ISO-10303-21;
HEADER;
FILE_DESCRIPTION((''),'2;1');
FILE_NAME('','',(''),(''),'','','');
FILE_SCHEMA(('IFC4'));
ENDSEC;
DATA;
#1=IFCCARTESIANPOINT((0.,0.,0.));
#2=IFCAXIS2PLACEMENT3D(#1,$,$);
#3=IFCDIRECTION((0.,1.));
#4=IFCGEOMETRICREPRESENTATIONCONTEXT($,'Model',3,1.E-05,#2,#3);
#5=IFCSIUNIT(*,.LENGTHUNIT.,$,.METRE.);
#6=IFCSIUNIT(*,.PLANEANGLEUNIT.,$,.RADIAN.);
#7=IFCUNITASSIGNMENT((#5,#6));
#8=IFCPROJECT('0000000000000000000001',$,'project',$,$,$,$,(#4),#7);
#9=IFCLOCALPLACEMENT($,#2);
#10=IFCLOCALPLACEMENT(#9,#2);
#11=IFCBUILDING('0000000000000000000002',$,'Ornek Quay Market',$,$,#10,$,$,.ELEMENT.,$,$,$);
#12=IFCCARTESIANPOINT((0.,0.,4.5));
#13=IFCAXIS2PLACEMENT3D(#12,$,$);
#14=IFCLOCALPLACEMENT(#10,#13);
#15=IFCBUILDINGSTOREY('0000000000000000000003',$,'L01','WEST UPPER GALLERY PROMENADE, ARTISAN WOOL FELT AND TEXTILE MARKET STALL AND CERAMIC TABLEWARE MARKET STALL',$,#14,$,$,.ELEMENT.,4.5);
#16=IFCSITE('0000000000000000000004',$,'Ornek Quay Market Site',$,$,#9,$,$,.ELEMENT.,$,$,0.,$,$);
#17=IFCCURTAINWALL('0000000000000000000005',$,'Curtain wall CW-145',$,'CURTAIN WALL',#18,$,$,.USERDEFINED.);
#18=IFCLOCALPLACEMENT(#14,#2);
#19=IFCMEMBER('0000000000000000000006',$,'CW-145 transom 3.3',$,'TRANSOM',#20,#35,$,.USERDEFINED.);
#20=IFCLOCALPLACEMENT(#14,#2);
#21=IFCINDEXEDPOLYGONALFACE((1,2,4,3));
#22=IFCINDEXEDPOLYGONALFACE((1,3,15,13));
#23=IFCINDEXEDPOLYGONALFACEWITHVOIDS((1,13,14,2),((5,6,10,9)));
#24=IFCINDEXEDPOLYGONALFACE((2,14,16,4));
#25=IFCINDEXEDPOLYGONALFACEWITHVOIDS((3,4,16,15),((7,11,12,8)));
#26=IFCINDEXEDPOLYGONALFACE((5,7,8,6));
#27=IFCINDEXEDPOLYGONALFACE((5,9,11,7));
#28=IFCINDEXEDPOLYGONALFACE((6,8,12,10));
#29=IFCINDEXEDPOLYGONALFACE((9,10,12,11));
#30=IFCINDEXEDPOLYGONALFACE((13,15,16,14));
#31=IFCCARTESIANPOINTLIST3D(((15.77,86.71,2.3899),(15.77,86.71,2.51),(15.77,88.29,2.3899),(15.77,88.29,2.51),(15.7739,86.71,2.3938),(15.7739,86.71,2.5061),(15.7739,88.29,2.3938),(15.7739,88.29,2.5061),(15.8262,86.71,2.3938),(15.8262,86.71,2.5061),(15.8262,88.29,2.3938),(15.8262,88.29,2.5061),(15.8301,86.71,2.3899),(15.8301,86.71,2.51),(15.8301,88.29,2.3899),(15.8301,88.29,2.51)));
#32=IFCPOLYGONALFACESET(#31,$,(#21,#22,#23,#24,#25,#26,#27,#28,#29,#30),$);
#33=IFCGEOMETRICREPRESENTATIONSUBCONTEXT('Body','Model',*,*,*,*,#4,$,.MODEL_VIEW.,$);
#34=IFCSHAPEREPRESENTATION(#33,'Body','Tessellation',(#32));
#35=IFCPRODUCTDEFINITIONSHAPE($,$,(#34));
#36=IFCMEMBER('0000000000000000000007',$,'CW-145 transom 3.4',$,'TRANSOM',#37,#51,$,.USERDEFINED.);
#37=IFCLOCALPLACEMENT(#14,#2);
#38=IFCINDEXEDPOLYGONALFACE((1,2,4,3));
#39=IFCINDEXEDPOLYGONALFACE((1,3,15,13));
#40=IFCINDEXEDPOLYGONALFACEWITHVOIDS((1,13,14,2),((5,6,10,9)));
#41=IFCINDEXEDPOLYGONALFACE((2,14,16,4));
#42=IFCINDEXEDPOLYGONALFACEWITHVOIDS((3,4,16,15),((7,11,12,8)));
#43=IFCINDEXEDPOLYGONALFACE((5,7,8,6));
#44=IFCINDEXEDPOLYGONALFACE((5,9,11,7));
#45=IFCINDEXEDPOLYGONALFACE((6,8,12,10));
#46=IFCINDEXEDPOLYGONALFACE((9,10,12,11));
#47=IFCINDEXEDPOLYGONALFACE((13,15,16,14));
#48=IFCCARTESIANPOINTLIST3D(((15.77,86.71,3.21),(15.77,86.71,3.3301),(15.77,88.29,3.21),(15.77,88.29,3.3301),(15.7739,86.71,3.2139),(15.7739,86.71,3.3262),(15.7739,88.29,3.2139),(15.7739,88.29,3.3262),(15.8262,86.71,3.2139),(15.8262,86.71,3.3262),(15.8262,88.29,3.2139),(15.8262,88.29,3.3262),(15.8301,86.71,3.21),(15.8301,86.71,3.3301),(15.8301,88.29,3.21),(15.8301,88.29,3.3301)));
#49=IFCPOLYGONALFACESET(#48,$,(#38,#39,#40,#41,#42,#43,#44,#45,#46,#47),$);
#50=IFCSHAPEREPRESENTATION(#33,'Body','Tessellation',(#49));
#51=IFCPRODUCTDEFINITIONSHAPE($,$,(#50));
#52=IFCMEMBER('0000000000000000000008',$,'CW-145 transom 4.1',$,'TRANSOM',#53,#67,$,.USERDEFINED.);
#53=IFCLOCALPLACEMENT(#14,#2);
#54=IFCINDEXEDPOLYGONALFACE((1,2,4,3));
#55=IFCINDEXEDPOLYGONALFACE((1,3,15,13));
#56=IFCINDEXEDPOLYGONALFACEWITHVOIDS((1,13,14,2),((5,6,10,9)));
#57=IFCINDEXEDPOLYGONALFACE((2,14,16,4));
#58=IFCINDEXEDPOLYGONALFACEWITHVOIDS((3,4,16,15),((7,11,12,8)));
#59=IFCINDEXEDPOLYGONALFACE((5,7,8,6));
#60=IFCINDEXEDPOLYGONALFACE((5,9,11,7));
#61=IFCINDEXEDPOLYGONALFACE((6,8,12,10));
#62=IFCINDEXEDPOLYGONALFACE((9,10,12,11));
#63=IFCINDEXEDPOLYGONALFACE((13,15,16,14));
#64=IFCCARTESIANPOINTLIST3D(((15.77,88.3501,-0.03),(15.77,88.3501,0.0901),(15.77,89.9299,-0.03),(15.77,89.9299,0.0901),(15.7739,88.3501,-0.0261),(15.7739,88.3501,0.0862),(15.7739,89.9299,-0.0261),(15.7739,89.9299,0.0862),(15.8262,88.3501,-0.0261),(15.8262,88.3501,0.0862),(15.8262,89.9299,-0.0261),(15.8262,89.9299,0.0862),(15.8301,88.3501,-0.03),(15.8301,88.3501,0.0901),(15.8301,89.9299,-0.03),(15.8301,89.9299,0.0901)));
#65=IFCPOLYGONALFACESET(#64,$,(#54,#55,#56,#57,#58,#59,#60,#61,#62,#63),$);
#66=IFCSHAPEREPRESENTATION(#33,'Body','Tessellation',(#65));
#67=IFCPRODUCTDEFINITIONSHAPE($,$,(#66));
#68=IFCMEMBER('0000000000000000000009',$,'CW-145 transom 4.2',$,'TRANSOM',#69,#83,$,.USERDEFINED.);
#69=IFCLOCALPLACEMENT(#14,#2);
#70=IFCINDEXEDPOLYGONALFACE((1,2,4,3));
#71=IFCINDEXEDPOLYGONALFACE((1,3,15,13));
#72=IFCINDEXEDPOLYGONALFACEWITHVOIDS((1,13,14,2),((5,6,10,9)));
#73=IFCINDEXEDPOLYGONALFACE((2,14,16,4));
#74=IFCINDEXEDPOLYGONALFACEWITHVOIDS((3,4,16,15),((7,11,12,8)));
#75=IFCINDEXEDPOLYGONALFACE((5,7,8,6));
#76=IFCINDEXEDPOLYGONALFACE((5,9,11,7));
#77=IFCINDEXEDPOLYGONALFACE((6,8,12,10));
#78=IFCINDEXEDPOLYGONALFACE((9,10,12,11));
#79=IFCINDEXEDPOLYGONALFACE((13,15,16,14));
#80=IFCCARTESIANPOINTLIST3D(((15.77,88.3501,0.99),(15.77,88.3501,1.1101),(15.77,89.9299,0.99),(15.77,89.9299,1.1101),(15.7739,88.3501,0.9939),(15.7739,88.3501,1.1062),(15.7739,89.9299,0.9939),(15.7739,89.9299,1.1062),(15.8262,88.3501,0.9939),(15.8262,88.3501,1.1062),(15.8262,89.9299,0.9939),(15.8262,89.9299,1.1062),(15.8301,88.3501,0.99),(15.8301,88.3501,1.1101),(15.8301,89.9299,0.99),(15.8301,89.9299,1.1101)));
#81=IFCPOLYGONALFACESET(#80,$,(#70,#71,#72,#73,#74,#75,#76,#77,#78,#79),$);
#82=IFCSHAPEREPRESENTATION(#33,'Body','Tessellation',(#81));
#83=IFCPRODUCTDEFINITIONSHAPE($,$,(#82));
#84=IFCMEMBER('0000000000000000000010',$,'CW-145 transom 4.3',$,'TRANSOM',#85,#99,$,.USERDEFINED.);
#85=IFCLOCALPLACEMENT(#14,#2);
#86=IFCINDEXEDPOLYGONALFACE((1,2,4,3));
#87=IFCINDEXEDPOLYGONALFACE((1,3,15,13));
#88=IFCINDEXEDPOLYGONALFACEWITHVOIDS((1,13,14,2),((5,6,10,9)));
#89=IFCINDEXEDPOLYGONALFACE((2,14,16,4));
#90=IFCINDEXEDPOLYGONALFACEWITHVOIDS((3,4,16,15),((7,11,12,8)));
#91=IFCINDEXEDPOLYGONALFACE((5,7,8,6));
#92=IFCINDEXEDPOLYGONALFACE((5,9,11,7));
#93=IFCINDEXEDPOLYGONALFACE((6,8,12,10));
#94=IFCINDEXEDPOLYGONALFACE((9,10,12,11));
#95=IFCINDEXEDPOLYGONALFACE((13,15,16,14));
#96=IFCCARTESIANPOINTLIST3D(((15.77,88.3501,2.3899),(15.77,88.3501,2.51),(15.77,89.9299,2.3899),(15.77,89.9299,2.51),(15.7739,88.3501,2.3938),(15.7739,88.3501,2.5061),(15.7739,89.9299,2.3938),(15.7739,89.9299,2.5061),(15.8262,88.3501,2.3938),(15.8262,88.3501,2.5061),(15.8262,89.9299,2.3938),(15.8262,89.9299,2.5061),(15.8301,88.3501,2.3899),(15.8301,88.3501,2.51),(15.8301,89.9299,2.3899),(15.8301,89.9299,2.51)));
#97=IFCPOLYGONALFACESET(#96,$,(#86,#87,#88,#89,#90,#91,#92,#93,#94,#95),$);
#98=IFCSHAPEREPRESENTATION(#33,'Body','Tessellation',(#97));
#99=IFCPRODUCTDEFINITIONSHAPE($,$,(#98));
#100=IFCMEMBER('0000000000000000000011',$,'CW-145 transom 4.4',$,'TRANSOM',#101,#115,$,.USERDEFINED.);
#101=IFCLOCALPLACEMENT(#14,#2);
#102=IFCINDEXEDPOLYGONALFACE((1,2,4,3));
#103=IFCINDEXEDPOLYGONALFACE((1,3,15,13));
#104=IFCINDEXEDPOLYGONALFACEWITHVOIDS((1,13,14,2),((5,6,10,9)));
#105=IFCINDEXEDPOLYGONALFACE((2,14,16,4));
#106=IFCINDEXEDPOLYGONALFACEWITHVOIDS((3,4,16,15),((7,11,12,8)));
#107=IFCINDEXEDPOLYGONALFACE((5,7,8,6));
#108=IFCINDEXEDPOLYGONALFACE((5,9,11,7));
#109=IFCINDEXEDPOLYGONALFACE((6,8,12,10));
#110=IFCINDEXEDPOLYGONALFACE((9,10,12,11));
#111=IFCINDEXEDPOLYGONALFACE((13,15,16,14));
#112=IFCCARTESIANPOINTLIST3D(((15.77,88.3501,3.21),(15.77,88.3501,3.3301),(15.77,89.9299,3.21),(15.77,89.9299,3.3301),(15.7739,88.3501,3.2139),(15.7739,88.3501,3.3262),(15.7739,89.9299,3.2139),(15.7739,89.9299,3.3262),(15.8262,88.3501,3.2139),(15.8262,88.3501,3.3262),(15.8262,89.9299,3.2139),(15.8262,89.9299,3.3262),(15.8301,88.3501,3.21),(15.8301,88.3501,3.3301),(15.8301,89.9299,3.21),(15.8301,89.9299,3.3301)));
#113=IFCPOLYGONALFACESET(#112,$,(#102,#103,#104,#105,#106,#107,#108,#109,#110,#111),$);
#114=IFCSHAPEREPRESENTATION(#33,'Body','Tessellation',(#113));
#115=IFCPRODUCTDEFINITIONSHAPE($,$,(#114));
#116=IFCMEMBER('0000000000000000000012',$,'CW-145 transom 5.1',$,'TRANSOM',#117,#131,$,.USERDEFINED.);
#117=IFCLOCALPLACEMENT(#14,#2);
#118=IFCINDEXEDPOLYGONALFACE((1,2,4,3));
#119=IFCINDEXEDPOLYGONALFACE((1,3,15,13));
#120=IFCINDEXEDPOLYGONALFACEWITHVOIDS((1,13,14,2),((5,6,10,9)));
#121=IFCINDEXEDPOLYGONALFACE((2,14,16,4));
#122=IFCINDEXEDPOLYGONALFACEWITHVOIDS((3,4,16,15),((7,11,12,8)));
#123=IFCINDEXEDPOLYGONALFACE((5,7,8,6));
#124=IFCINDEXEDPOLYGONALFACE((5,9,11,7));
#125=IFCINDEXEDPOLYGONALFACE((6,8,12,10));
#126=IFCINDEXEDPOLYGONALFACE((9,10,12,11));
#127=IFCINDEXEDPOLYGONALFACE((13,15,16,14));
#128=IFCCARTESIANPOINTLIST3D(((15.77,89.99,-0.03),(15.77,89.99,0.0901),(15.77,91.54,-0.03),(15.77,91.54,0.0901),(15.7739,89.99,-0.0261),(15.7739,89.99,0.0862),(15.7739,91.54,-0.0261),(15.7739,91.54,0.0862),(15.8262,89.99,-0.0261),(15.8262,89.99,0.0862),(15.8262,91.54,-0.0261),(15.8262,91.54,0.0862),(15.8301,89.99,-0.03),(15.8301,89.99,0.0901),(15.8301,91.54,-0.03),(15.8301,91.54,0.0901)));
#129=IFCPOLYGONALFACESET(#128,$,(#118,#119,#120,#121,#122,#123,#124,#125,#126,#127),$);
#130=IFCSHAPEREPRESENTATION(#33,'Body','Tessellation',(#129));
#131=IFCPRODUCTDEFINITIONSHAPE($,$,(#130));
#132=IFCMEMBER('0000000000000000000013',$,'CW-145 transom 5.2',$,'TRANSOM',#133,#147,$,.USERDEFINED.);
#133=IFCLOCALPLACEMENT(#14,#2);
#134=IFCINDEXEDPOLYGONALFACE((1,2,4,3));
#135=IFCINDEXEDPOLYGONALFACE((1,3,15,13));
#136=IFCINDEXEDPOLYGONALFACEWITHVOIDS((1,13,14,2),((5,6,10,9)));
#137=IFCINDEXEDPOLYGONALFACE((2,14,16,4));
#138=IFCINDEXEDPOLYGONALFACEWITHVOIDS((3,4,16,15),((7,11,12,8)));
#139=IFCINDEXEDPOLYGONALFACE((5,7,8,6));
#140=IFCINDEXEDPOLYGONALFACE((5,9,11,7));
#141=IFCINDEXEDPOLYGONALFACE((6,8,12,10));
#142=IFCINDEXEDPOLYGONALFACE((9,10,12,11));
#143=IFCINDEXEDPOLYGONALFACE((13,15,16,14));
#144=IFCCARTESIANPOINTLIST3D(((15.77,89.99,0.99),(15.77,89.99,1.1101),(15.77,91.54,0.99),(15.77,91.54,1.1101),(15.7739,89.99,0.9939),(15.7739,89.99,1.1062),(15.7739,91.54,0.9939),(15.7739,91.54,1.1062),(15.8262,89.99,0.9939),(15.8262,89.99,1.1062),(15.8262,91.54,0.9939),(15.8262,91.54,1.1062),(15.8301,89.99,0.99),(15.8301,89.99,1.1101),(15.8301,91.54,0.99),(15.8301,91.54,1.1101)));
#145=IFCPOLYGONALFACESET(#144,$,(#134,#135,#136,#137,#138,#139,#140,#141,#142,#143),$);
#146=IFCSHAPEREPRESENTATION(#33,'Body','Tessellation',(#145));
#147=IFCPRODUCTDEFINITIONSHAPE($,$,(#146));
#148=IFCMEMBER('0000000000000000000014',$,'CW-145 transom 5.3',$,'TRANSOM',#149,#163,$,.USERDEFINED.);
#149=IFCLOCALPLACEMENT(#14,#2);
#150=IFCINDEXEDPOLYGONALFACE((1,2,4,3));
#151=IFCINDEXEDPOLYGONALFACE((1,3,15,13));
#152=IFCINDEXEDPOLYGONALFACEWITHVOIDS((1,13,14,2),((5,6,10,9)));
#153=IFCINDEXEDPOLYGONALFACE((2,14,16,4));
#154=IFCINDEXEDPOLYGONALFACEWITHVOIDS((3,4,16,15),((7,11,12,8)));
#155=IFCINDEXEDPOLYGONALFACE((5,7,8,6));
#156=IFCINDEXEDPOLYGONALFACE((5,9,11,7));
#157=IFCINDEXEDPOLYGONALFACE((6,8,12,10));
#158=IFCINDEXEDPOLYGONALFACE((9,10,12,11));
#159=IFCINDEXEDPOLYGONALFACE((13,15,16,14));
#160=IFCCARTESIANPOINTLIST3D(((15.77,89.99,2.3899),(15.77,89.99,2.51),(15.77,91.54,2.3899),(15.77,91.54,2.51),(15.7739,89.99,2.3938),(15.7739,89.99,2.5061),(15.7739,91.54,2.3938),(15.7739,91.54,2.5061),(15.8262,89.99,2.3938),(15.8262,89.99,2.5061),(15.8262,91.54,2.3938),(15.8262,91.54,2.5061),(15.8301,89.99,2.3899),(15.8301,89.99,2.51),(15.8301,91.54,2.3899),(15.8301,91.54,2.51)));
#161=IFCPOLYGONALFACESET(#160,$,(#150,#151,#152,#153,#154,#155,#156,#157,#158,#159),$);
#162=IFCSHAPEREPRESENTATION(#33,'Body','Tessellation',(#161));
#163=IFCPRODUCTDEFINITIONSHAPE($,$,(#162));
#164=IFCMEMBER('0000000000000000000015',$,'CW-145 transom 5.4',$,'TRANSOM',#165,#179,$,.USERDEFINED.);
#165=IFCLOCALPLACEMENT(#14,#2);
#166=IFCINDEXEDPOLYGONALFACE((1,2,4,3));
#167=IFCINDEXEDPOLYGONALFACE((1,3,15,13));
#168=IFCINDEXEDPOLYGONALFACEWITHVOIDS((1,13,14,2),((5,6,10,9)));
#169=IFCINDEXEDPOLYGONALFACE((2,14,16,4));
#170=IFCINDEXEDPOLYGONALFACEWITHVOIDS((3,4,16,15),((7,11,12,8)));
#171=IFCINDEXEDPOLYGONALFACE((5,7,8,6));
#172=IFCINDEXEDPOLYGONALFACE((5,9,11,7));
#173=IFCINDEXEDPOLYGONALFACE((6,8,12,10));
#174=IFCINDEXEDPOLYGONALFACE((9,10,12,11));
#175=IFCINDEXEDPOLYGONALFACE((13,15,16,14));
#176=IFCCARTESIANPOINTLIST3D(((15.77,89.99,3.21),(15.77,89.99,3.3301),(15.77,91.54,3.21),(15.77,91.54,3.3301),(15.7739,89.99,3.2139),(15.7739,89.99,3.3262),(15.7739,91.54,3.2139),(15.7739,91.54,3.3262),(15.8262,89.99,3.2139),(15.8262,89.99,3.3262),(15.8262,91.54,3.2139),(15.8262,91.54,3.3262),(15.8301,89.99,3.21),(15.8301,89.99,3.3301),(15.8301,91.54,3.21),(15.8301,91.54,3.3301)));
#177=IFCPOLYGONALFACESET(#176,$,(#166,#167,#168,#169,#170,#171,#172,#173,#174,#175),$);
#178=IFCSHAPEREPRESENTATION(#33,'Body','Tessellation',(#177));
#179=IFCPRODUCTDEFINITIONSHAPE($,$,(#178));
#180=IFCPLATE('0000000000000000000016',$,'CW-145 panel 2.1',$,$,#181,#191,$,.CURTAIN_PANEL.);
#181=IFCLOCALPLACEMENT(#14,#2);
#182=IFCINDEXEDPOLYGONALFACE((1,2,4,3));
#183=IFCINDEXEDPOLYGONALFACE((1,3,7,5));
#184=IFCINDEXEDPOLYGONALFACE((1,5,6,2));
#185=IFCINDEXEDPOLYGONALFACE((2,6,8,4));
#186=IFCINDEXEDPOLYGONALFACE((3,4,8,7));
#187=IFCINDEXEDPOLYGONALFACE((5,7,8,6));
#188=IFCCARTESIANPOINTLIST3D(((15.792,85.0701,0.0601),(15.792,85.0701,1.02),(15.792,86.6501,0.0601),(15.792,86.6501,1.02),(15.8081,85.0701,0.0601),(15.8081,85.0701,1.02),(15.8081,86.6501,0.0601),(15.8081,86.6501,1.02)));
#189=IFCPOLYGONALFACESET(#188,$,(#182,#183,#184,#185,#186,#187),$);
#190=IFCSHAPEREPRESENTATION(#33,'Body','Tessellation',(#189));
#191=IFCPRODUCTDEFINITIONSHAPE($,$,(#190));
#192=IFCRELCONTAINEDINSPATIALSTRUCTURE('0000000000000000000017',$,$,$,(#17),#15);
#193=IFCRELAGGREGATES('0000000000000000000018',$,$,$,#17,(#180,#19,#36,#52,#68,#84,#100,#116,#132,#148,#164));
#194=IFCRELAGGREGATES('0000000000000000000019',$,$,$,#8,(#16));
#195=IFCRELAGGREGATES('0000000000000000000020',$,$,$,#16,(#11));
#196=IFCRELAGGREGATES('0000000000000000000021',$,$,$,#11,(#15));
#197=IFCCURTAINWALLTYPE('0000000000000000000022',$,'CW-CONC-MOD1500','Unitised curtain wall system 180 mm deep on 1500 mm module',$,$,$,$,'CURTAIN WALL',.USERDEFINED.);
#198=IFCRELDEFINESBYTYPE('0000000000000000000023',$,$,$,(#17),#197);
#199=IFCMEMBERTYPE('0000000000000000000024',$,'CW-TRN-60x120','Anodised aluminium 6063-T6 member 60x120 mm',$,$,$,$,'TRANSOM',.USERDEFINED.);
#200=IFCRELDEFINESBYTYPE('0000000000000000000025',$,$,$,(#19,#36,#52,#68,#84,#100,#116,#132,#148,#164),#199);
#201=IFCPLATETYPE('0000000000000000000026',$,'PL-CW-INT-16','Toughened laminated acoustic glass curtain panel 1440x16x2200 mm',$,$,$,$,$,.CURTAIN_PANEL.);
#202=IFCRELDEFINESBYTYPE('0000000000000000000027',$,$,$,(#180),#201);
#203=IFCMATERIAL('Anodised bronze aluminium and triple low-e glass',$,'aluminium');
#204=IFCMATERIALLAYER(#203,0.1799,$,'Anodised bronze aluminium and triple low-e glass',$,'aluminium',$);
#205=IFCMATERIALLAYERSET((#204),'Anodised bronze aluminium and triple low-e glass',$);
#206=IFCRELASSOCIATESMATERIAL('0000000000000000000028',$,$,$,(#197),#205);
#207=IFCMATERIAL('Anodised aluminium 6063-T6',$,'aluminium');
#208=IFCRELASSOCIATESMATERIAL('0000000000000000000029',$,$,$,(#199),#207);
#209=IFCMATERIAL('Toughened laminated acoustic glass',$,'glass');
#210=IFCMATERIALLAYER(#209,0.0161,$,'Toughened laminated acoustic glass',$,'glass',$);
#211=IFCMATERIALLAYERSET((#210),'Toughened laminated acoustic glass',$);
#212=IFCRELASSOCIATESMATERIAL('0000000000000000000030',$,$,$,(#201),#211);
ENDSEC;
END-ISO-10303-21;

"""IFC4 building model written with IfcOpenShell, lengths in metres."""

from ifc_helpers import new_model, si_unit, direction, frame, origin, origin_2d, place, context, subcontext, project, spatial, rectangle, hollow_rectangle, extrude, material, layer, layer_set, material_profile, profile_set, type_object, element, aggregate, save


model = new_model("IFC4")

# Units and contexts
model_context = context("Model", 3, precision=1e-05, world=origin(), true_north=direction((0.0, 1.0)))
body_context = subcontext(model_context, "Body", "Model", "MODEL_VIEW")
ifc_project = project(units=[si_unit("LENGTHUNIT", "METRE"), si_unit("PLANEANGLEUNIT", "RADIAN")], contexts=[model_context])

# Site, building, storey
site_placement = place(None, origin())
site = spatial("IfcSite", under=ifc_project, at=site_placement, Name="Ornek Quay Market Site", CompositionType="ELEMENT", RefElevation=0.0)
building_placement = place(site_placement, origin())
building = spatial("IfcBuilding", under=site, at=building_placement, Name="Ornek Quay Market", CompositionType="ELEMENT")
storey_placement = place(building_placement, frame((0.0, 0.0, 4.5)))
storey = spatial("IfcBuildingStorey", under=building, at=storey_placement, Name="L01", Description="WEST UPPER GALLERY PROMENADE, ARTISAN WOOL FELT AND TEXTILE MARKET STALL AND CERAMIC TABLEWARE MARKET STALL", CompositionType="ELEMENT", Elevation=4.5)

# Curtain wall, members, plate
ifc_material_1 = material(Name="Anodised bronze aluminium and triple low-e glass", Category="aluminium")
ifc_layer_1 = layer(ifc_material_1, 0.1799, Name="Anodised bronze aluminium and triple low-e glass", Category="aluminium")
ifc_layer_set_1 = layer_set([ifc_layer_1], Name="Anodised bronze aluminium and triple low-e glass")
curtain_wall_type = type_object("IfcCurtainWallType", Name="CW-CONC-MOD1500", Description="Unitised curtain wall system 180 mm deep on 1500 mm module", ElementType="CURTAIN WALL", PredefinedType="USERDEFINED", material=ifc_layer_set_1)
curtain_wall_placement = place(storey_placement, origin())
curtain_wall = element("IfcCurtainWall", 1, at=curtain_wall_placement, inside=storey, type_object=curtain_wall_type, Name="Curtain wall CW-145", ObjectType="CURTAIN WALL", PredefinedType="USERDEFINED")
ifc_material_2 = material(Name="Anodised aluminium 6063-T6", Category="aluminium")
ifc_material_profile_1 = material_profile(ifc_material_2, hollow_rectangle(XDim=0.0601, YDim=0.1201, WallThickness=0.0039, at=origin_2d()), Name="CW-TRN-60x120", Category="aluminium")
ifc_profile_set_1 = profile_set([ifc_material_profile_1], Name="Anodised aluminium 6063-T6")
member_type_1 = type_object("IfcMemberType", Name="CW-TRN-60x120", Description="Anodised aluminium 6063-T6 member 60x120 mm", ElementType="TRANSOM", PredefinedType="USERDEFINED", material=ifc_profile_set_1)
member_1_placement = place(storey_placement, frame((15.8, 86.71, 2.45), z_axis=(0.0, 1.0, 0.0), x_axis=(-1.0, 0.0, 0.0)))
member_1 = element("IfcMember", 2, at=member_1_placement, type_object=member_type_1, Name="CW-145 transom 3.3", ObjectType="TRANSOM", PredefinedType="USERDEFINED", context=body_context, shape_type="SweptSolid", body=[
    extrude(hollow_rectangle(XDim=0.0601, YDim=0.1201, WallThickness=0.0039, at=origin_2d()), origin(), (0.0, 0.0, 1.0), 1.5801),
])
member_2_placement = place(storey_placement, frame((15.8, 86.71, 3.27), z_axis=(0.0, 1.0, 0.0), x_axis=(-1.0, 0.0, 0.0)))
member_2 = element("IfcMember", 3, at=member_2_placement, type_object=member_type_1, Name="CW-145 transom 3.4", ObjectType="TRANSOM", PredefinedType="USERDEFINED", context=body_context, shape_type="SweptSolid", body=[
    extrude(hollow_rectangle(XDim=0.0601, YDim=0.1201, WallThickness=0.0039, at=origin_2d()), origin(), (0.0, 0.0, 1.0), 1.5801),
])
member_3_placement = place(storey_placement, frame((15.8, 88.3501, 0.03), z_axis=(0.0, 1.0, 0.0), x_axis=(-1.0, 0.0, 0.0)))
member_3 = element("IfcMember", 4, at=member_3_placement, type_object=member_type_1, Name="CW-145 transom 4.1", ObjectType="TRANSOM", PredefinedType="USERDEFINED", context=body_context, shape_type="SweptSolid", body=[
    extrude(hollow_rectangle(XDim=0.0601, YDim=0.1201, WallThickness=0.0039, at=origin_2d()), origin(), (0.0, 0.0, 1.0), 1.5798),
])
member_4_placement = place(storey_placement, frame((15.8, 88.3501, 1.05), z_axis=(0.0, 1.0, 0.0), x_axis=(-1.0, 0.0, 0.0)))
member_4 = element("IfcMember", 5, at=member_4_placement, type_object=member_type_1, Name="CW-145 transom 4.2", ObjectType="TRANSOM", PredefinedType="USERDEFINED", context=body_context, shape_type="SweptSolid", body=[
    extrude(hollow_rectangle(XDim=0.0601, YDim=0.1201, WallThickness=0.0039, at=origin_2d()), origin(), (0.0, 0.0, 1.0), 1.5798),
])
member_5_placement = place(storey_placement, frame((15.8, 88.3501, 2.45), z_axis=(0.0, 1.0, 0.0), x_axis=(-1.0, 0.0, 0.0)))
member_5 = element("IfcMember", 6, at=member_5_placement, type_object=member_type_1, Name="CW-145 transom 4.3", ObjectType="TRANSOM", PredefinedType="USERDEFINED", context=body_context, shape_type="SweptSolid", body=[
    extrude(hollow_rectangle(XDim=0.0601, YDim=0.1201, WallThickness=0.0039, at=origin_2d()), origin(), (0.0, 0.0, 1.0), 1.5798),
])
member_6_placement = place(storey_placement, frame((15.8, 88.3501, 3.27), z_axis=(0.0, 1.0, 0.0), x_axis=(-1.0, 0.0, 0.0)))
member_6 = element("IfcMember", 7, at=member_6_placement, type_object=member_type_1, Name="CW-145 transom 4.4", ObjectType="TRANSOM", PredefinedType="USERDEFINED", context=body_context, shape_type="SweptSolid", body=[
    extrude(hollow_rectangle(XDim=0.0601, YDim=0.1201, WallThickness=0.0039, at=origin_2d()), origin(), (0.0, 0.0, 1.0), 1.5798),
])
member_7_placement = place(storey_placement, frame((15.8, 89.99, 0.03), z_axis=(0.0, 1.0, 0.0), x_axis=(-1.0, 0.0, 0.0)))
member_7 = element("IfcMember", 8, at=member_7_placement, type_object=member_type_1, Name="CW-145 transom 5.1", ObjectType="TRANSOM", PredefinedType="USERDEFINED", context=body_context, shape_type="SweptSolid", body=[
    extrude(hollow_rectangle(XDim=0.0601, YDim=0.1201, WallThickness=0.0039, at=origin_2d()), origin(), (0.0, 0.0, 1.0), 1.55),
])
member_8_placement = place(storey_placement, frame((15.8, 89.99, 1.05), z_axis=(0.0, 1.0, 0.0), x_axis=(-1.0, 0.0, 0.0)))
member_8 = element("IfcMember", 9, at=member_8_placement, type_object=member_type_1, Name="CW-145 transom 5.2", ObjectType="TRANSOM", PredefinedType="USERDEFINED", context=body_context, shape_type="SweptSolid", body=[
    extrude(hollow_rectangle(XDim=0.0601, YDim=0.1201, WallThickness=0.0039, at=origin_2d()), origin(), (0.0, 0.0, 1.0), 1.55),
])
member_9_placement = place(storey_placement, frame((15.8, 89.99, 2.45), z_axis=(0.0, 1.0, 0.0), x_axis=(-1.0, 0.0, 0.0)))
member_9 = element("IfcMember", 10, at=member_9_placement, type_object=member_type_1, Name="CW-145 transom 5.3", ObjectType="TRANSOM", PredefinedType="USERDEFINED", context=body_context, shape_type="SweptSolid", body=[
    extrude(hollow_rectangle(XDim=0.0601, YDim=0.1201, WallThickness=0.0039, at=origin_2d()), origin(), (0.0, 0.0, 1.0), 1.55),
])
member_10_placement = place(storey_placement, frame((15.8, 89.99, 3.27), z_axis=(0.0, 1.0, 0.0), x_axis=(-1.0, 0.0, 0.0)))
member_10 = element("IfcMember", 11, at=member_10_placement, type_object=member_type_1, Name="CW-145 transom 5.4", ObjectType="TRANSOM", PredefinedType="USERDEFINED", context=body_context, shape_type="SweptSolid", body=[
    extrude(hollow_rectangle(XDim=0.0601, YDim=0.1201, WallThickness=0.0039, at=origin_2d()), origin(), (0.0, 0.0, 1.0), 1.55),
])
ifc_material_3 = material(Name="Toughened laminated acoustic glass", Category="glass")
ifc_layer_2 = layer(ifc_material_3, 0.0161, Name="Toughened laminated acoustic glass", Category="glass")
ifc_layer_set_2 = layer_set([ifc_layer_2], Name="Toughened laminated acoustic glass")
plate_type = type_object("IfcPlateType", Name="PL-CW-INT-16", Description="Toughened laminated acoustic glass curtain panel 1440x16x2200 mm", PredefinedType="CURTAIN_PANEL", material=ifc_layer_set_2)
plate_1_placement = place(storey_placement, frame((15.8, 85.8601, 0.0601), z_axis=(0.0, 0.0, 1.0), x_axis=(0.0, 1.0, 0.0)))
plate_1 = element("IfcPlate", 12, at=plate_1_placement, type_object=plate_type, Name="CW-145 panel 2.1", PredefinedType="CURTAIN_PANEL", context=body_context, shape_type="SweptSolid", body=[
    extrude(rectangle(XDim=1.5801, YDim=0.0161, at=origin_2d()), origin(), (0.0, 0.0, 1.0), 0.96),
])
aggregate(curtain_wall, [plate_1, member_1, member_2, member_3, member_4, member_5, member_6, member_7, member_8, member_9, member_10])

save(model, "model.ifc")
